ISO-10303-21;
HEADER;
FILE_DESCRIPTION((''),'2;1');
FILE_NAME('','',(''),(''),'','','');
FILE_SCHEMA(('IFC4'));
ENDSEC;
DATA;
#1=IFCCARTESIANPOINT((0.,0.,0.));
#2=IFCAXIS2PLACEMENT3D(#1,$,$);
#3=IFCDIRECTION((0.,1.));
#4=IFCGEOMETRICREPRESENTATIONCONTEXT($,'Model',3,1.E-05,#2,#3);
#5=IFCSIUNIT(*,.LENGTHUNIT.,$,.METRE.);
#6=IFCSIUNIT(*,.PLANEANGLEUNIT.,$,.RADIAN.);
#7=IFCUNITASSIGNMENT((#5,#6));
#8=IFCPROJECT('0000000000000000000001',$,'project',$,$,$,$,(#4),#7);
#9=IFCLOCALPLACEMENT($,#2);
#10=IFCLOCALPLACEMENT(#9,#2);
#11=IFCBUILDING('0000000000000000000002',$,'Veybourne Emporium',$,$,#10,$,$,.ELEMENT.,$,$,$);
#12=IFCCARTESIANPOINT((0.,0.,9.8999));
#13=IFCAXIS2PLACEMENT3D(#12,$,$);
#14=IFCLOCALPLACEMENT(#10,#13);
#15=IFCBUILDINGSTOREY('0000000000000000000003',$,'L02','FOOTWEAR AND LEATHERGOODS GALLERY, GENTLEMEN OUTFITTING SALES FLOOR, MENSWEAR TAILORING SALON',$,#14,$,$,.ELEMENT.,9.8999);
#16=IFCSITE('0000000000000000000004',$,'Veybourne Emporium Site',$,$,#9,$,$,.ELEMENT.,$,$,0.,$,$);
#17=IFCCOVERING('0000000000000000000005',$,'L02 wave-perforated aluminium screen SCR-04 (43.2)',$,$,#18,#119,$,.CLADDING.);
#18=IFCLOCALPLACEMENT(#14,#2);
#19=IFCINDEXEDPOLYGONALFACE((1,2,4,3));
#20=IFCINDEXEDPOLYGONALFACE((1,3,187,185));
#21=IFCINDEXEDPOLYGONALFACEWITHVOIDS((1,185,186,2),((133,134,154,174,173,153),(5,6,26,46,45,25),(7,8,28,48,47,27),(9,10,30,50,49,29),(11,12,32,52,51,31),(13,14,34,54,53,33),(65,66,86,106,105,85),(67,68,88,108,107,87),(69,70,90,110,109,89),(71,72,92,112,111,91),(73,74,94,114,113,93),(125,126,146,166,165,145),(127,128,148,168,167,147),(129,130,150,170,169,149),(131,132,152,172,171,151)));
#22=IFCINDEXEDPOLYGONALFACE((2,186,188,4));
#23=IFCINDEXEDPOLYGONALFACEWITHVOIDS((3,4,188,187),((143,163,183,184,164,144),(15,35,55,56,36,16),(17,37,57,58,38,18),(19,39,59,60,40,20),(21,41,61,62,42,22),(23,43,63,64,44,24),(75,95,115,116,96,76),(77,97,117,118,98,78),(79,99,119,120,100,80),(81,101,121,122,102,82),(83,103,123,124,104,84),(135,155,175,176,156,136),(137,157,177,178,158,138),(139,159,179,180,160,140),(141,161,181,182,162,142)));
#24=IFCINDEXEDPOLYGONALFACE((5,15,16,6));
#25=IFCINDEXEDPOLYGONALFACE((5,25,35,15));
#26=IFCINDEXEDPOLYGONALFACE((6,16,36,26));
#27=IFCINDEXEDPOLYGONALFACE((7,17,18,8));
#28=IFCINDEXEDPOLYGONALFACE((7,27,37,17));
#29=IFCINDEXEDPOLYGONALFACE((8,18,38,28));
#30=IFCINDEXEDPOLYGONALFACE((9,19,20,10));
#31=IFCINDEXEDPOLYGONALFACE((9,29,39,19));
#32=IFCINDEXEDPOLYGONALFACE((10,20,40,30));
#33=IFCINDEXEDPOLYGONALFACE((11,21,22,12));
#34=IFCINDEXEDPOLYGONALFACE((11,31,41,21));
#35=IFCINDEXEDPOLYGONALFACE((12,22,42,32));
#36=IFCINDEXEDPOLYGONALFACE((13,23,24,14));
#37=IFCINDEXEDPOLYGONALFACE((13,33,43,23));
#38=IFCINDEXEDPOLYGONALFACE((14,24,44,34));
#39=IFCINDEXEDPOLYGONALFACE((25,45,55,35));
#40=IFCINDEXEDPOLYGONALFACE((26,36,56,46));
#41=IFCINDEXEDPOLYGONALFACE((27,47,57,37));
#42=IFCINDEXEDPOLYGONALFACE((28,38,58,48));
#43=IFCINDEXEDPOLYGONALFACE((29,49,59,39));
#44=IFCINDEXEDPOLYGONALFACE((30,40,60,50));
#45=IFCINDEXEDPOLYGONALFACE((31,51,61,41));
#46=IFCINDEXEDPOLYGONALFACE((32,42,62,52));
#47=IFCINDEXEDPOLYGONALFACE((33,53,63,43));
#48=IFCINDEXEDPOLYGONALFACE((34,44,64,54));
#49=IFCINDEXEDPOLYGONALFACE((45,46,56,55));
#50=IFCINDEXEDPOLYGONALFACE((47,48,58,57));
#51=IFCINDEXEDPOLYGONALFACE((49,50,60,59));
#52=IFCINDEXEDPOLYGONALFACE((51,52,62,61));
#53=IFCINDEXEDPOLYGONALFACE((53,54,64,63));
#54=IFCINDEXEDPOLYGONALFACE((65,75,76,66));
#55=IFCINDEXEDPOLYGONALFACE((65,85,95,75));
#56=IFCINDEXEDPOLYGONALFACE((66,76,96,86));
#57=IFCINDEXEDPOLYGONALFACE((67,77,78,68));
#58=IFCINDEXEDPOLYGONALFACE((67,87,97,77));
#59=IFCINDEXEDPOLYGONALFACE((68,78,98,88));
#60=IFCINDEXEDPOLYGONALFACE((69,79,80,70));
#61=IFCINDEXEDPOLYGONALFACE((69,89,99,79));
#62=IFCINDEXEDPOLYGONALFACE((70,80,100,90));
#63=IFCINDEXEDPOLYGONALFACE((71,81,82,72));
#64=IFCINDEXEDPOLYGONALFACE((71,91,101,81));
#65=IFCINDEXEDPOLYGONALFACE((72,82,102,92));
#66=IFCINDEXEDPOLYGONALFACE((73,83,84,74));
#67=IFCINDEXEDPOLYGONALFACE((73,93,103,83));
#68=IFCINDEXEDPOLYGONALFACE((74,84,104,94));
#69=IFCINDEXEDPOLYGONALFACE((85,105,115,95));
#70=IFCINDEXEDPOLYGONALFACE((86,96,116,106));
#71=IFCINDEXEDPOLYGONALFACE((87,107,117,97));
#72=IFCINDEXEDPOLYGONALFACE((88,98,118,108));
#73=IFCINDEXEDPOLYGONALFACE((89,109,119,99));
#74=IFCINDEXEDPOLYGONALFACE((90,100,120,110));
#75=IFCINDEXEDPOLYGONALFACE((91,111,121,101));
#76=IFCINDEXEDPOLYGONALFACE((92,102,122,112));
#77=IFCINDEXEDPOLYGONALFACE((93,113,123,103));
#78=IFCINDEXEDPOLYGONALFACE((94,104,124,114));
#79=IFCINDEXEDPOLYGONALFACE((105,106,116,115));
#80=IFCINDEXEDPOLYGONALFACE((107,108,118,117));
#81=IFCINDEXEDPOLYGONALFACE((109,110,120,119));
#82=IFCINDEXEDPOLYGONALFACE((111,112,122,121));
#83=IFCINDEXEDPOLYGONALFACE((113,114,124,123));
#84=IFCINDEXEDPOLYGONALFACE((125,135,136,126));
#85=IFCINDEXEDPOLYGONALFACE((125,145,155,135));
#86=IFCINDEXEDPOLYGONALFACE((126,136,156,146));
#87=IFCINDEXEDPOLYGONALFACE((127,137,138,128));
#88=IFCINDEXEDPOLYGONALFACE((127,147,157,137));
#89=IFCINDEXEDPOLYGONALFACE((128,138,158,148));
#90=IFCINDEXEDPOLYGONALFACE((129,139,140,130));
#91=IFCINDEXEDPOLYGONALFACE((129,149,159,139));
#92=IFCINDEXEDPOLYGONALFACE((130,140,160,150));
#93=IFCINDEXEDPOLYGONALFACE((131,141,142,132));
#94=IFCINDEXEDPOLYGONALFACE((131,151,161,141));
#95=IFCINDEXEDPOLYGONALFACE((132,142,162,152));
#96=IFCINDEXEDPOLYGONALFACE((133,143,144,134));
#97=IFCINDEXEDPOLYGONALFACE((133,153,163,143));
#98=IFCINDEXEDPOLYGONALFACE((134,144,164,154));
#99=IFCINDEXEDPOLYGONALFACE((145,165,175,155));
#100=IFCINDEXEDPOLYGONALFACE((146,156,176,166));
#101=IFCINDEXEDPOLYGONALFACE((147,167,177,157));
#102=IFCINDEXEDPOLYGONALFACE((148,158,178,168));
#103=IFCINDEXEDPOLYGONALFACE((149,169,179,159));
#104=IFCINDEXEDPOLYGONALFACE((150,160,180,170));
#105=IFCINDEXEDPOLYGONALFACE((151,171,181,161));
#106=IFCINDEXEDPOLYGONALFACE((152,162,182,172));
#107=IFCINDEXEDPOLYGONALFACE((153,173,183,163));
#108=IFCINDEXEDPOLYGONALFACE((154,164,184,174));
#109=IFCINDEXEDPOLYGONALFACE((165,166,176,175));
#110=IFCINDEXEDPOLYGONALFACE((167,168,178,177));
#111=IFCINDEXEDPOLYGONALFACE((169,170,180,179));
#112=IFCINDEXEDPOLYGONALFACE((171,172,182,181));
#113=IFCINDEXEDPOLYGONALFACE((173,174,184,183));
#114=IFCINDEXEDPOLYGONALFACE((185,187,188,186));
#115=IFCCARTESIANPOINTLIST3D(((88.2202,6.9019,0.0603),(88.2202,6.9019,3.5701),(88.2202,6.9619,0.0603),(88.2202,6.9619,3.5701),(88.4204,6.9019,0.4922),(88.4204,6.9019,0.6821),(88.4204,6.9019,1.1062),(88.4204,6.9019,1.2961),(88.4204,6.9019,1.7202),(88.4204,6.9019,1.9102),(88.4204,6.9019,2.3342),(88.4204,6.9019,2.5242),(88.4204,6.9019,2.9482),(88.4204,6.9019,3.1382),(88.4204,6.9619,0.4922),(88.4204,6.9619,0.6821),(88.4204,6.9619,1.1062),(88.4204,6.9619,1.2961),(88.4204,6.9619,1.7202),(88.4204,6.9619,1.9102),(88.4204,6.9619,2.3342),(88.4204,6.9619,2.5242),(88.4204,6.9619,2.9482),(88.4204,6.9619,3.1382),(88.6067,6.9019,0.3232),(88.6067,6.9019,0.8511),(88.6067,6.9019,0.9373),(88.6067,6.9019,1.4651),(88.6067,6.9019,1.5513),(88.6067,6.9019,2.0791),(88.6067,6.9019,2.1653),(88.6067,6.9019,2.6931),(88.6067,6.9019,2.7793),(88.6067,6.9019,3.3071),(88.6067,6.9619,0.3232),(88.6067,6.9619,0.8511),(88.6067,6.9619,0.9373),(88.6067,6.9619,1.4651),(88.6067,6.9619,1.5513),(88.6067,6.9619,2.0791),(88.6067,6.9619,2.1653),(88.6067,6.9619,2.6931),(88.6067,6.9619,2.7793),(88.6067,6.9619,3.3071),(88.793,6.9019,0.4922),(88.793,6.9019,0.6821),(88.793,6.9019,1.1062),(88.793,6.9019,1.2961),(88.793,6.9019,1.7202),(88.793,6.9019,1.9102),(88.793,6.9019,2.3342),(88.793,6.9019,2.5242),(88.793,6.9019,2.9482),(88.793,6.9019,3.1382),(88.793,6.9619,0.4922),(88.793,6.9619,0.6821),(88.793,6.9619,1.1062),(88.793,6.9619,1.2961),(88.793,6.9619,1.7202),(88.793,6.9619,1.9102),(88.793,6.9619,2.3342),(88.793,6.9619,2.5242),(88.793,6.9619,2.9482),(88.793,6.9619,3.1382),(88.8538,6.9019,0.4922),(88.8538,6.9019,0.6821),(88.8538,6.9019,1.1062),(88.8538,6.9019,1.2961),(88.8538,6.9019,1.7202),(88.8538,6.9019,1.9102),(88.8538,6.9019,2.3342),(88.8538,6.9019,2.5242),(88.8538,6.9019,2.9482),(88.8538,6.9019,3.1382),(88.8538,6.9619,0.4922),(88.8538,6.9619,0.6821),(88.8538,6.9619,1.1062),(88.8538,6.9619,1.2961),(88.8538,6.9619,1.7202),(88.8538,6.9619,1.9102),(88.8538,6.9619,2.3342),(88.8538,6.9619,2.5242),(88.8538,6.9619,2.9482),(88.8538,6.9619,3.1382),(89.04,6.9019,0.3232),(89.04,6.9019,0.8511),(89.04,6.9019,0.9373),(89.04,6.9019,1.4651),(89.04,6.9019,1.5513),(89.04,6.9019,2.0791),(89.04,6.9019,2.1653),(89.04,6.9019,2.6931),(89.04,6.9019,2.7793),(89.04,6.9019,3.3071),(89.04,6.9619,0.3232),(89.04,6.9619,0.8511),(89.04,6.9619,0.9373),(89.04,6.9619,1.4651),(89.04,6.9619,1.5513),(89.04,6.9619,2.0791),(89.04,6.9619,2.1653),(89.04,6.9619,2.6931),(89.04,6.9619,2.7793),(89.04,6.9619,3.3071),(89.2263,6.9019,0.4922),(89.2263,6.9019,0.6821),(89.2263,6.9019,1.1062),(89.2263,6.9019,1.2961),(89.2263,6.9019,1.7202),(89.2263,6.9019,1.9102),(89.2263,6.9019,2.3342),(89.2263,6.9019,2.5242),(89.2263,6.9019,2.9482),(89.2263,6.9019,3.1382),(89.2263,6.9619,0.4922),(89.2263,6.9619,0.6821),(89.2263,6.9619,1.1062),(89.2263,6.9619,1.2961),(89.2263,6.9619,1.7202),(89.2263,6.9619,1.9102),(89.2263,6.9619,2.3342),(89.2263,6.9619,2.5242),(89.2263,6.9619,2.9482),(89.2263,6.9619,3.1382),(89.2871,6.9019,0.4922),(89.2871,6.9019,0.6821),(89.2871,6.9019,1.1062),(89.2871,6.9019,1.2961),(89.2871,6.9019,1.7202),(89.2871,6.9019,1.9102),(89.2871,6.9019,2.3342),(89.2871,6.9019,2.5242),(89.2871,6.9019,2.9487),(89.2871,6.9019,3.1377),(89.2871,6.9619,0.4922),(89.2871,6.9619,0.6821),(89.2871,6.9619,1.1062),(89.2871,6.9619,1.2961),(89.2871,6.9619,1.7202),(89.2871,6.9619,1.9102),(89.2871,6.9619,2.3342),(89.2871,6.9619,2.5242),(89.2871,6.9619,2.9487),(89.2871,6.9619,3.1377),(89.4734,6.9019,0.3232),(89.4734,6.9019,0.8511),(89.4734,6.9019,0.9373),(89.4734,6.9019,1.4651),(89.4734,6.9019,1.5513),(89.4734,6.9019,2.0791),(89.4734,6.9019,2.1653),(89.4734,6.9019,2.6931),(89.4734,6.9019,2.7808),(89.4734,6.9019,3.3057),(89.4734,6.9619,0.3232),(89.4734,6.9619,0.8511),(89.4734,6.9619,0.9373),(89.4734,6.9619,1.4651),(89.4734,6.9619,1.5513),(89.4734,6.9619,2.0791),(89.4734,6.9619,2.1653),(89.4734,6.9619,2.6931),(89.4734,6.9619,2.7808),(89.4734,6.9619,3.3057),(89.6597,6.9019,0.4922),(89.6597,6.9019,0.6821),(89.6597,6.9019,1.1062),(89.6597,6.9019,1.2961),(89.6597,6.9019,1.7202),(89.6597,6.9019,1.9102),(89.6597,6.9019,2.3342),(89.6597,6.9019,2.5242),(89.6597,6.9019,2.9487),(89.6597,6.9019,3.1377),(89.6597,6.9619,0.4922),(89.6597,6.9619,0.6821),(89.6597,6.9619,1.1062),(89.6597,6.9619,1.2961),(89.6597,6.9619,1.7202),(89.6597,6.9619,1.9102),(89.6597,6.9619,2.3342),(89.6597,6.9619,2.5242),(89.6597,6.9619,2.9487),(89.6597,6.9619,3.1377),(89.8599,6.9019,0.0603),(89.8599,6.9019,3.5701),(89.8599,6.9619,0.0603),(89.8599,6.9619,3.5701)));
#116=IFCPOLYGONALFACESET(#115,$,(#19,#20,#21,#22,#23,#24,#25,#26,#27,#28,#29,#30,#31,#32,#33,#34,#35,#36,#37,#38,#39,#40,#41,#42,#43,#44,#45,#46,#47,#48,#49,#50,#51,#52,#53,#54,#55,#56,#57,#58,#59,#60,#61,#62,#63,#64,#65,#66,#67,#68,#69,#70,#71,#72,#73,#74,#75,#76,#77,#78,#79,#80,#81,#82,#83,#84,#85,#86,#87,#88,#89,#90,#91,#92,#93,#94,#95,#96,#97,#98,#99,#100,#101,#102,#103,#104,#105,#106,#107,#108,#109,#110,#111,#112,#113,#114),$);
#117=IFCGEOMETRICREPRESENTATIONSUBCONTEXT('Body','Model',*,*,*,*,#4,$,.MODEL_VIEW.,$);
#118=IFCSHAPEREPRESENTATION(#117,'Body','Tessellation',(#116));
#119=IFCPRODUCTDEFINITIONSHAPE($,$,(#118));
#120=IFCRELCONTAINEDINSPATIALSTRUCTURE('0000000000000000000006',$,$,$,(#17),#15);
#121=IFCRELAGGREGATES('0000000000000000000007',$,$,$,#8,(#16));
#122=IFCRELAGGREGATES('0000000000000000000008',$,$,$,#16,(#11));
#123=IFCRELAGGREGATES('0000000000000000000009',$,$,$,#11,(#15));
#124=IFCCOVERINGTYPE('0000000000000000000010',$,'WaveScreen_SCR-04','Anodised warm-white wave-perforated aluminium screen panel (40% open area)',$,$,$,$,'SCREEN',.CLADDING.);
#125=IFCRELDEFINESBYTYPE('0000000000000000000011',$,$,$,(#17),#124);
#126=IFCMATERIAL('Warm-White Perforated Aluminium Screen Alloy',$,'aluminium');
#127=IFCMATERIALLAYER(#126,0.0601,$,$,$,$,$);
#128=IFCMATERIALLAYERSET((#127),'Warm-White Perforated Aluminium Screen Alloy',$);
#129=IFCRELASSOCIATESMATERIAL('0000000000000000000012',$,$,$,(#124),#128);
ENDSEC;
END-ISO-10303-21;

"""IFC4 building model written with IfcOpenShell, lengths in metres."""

from ifc_helpers import new_model, si_unit, direction, frame, origin, place, context, subcontext, project, spatial, polyline, outline, extrude, material, layer, layer_set, type_object, element, save


model = new_model("IFC4")

# Units and contexts
model_context = context("Model", 3, precision=1e-05, world=origin(), true_north=direction((0.0, 1.0)))
body_context = subcontext(model_context, "Body", "Model", "MODEL_VIEW")
ifc_project = project(units=[si_unit("LENGTHUNIT", "METRE"), si_unit("PLANEANGLEUNIT", "RADIAN")], contexts=[model_context])

# Site, building, storey
site_placement = place(None, origin())
site = spatial("IfcSite", under=ifc_project, at=site_placement, Name="Veybourne Emporium Site", CompositionType="ELEMENT", RefElevation=0.0)
building_placement = place(site_placement, origin())
building = spatial("IfcBuilding", under=site, at=building_placement, Name="Veybourne Emporium", CompositionType="ELEMENT")
storey_placement = place(building_placement, frame((0.0, 0.0, 9.8999)))
storey = spatial("IfcBuildingStorey", under=building, at=storey_placement, Name="L02", Description="FOOTWEAR AND LEATHERGOODS GALLERY, GENTLEMEN OUTFITTING SALES FLOOR, MENSWEAR TAILORING SALON", CompositionType="ELEMENT", Elevation=9.8999)

# Covering
ifc_material_1 = material(Name="Warm-White Perforated Aluminium Screen Alloy", Category="aluminium")
ifc_layer_1 = layer(ifc_material_1, 0.0601)
ifc_layer_set_1 = layer_set([ifc_layer_1], Name="Warm-White Perforated Aluminium Screen Alloy")
covering_type_1 = type_object("IfcCoveringType", Name="WaveScreen_SCR-04", Description="Anodised warm-white wave-perforated aluminium screen panel (40% open area)", ElementType="SCREEN", PredefinedType="CLADDING", material=ifc_layer_set_1)
covering_1_placement = place(storey_placement, frame((89.04, 6.9019, 1.8152), z_axis=(0.0, 1.0, 0.0), x_axis=(-1.0, 0.0, 0.0)))
element("IfcCovering", 1, at=covering_1_placement, inside=storey, type_object=covering_type_1, Name="L02 wave-perforated aluminium screen SCR-04 (43.2)", PredefinedType="CLADDING", context=body_context, shape_type="SweptSolid", body=[
    extrude(outline(polyline([(-0.8198, -1.7549), (0.8198, -1.7549), (0.8198, 1.7549), (-0.8198, 1.7549), (-0.8198, -1.7549)]), holes=[polyline([(-0.4333, -0.9641), (-0.2471, -1.1331), (-0.2471, -1.323), (-0.4333, -1.4919), (-0.6196, -1.323), (-0.6196, -1.1331), (-0.4333, -0.9641)]), polyline([(-0.4333, -0.3501), (-0.2471, -0.519), (-0.2471, -0.709), (-0.4333, -0.8779), (-0.6196, -0.709), (-0.6196, -0.519), (-0.4333, -0.3501)]), polyline([(-0.4333, 0.2639), (-0.2471, 0.095), (-0.2471, -0.095), (-0.4333, -0.2639), (-0.6196, -0.095), (-0.6196, 0.095), (-0.4333, 0.2639)]), polyline([(-0.4333, 0.8779), (-0.2471, 0.709), (-0.2471, 0.519), (-0.4333, 0.3501), (-0.6196, 0.519), (-0.6196, 0.709), (-0.4333, 0.8779)]), polyline([(-0.4333, 1.4905), (-0.2471, 1.3225), (-0.2471, 1.1335), (-0.4333, 0.9656), (-0.6196, 1.1335), (-0.6196, 1.3225), (-0.4333, 1.4905)]), polyline([(0.0, -0.9641), (0.1863, -1.1331), (0.1863, -1.323), (0.0, -1.4919), (-0.1863, -1.323), (-0.1863, -1.1331), (0.0, -0.9641)]), polyline([(0.0, -0.3501), (0.1863, -0.519), (0.1863, -0.709), (0.0, -0.8779), (-0.1863, -0.709), (-0.1863, -0.519), (0.0, -0.3501)]), polyline([(0.0, 0.2639), (0.1863, 0.095), (0.1863, -0.095), (0.0, -0.2639), (-0.1863, -0.095), (-0.1863, 0.095), (0.0, 0.2639)]), polyline([(0.0, 0.8779), (0.1863, 0.709), (0.1863, 0.519), (0.0, 0.3501), (-0.1863, 0.519), (-0.1863, 0.709), (0.0, 0.8779)]), polyline([(0.0, 1.4919), (0.1863, 1.323), (0.1863, 1.1331), (0.0, 0.9641), (-0.1863, 1.1331), (-0.1863, 1.323), (0.0, 1.4919)]), polyline([(0.4333, -0.9641), (0.6196, -1.1331), (0.6196, -1.323), (0.4333, -1.4919), (0.2471, -1.323), (0.2471, -1.1331), (0.4333, -0.9641)]), polyline([(0.4333, -0.3501), (0.6196, -0.519), (0.6196, -0.709), (0.4333, -0.8779), (0.2471, -0.709), (0.2471, -0.519), (0.4333, -0.3501)]), polyline([(0.4333, 0.2639), (0.6196, 0.095), (0.6196, -0.095), (0.4333, -0.2639), (0.2471, -0.095), (0.2471, 0.095), (0.4333, 0.2639)]), polyline([(0.4333, 0.8779), (0.6196, 0.709), (0.6196, 0.519), (0.4333, 0.3501), (0.2471, 0.519), (0.2471, 0.709), (0.4333, 0.8779)]), polyline([(0.4333, 1.4919), (0.6196, 1.323), (0.6196, 1.1331), (0.4333, 0.9641), (0.2471, 1.1331), (0.2471, 1.323), (0.4333, 1.4919)])]), origin(), (0.0, 0.0, 1.0), 0.0601),
])

save(model, "model.ifc")
